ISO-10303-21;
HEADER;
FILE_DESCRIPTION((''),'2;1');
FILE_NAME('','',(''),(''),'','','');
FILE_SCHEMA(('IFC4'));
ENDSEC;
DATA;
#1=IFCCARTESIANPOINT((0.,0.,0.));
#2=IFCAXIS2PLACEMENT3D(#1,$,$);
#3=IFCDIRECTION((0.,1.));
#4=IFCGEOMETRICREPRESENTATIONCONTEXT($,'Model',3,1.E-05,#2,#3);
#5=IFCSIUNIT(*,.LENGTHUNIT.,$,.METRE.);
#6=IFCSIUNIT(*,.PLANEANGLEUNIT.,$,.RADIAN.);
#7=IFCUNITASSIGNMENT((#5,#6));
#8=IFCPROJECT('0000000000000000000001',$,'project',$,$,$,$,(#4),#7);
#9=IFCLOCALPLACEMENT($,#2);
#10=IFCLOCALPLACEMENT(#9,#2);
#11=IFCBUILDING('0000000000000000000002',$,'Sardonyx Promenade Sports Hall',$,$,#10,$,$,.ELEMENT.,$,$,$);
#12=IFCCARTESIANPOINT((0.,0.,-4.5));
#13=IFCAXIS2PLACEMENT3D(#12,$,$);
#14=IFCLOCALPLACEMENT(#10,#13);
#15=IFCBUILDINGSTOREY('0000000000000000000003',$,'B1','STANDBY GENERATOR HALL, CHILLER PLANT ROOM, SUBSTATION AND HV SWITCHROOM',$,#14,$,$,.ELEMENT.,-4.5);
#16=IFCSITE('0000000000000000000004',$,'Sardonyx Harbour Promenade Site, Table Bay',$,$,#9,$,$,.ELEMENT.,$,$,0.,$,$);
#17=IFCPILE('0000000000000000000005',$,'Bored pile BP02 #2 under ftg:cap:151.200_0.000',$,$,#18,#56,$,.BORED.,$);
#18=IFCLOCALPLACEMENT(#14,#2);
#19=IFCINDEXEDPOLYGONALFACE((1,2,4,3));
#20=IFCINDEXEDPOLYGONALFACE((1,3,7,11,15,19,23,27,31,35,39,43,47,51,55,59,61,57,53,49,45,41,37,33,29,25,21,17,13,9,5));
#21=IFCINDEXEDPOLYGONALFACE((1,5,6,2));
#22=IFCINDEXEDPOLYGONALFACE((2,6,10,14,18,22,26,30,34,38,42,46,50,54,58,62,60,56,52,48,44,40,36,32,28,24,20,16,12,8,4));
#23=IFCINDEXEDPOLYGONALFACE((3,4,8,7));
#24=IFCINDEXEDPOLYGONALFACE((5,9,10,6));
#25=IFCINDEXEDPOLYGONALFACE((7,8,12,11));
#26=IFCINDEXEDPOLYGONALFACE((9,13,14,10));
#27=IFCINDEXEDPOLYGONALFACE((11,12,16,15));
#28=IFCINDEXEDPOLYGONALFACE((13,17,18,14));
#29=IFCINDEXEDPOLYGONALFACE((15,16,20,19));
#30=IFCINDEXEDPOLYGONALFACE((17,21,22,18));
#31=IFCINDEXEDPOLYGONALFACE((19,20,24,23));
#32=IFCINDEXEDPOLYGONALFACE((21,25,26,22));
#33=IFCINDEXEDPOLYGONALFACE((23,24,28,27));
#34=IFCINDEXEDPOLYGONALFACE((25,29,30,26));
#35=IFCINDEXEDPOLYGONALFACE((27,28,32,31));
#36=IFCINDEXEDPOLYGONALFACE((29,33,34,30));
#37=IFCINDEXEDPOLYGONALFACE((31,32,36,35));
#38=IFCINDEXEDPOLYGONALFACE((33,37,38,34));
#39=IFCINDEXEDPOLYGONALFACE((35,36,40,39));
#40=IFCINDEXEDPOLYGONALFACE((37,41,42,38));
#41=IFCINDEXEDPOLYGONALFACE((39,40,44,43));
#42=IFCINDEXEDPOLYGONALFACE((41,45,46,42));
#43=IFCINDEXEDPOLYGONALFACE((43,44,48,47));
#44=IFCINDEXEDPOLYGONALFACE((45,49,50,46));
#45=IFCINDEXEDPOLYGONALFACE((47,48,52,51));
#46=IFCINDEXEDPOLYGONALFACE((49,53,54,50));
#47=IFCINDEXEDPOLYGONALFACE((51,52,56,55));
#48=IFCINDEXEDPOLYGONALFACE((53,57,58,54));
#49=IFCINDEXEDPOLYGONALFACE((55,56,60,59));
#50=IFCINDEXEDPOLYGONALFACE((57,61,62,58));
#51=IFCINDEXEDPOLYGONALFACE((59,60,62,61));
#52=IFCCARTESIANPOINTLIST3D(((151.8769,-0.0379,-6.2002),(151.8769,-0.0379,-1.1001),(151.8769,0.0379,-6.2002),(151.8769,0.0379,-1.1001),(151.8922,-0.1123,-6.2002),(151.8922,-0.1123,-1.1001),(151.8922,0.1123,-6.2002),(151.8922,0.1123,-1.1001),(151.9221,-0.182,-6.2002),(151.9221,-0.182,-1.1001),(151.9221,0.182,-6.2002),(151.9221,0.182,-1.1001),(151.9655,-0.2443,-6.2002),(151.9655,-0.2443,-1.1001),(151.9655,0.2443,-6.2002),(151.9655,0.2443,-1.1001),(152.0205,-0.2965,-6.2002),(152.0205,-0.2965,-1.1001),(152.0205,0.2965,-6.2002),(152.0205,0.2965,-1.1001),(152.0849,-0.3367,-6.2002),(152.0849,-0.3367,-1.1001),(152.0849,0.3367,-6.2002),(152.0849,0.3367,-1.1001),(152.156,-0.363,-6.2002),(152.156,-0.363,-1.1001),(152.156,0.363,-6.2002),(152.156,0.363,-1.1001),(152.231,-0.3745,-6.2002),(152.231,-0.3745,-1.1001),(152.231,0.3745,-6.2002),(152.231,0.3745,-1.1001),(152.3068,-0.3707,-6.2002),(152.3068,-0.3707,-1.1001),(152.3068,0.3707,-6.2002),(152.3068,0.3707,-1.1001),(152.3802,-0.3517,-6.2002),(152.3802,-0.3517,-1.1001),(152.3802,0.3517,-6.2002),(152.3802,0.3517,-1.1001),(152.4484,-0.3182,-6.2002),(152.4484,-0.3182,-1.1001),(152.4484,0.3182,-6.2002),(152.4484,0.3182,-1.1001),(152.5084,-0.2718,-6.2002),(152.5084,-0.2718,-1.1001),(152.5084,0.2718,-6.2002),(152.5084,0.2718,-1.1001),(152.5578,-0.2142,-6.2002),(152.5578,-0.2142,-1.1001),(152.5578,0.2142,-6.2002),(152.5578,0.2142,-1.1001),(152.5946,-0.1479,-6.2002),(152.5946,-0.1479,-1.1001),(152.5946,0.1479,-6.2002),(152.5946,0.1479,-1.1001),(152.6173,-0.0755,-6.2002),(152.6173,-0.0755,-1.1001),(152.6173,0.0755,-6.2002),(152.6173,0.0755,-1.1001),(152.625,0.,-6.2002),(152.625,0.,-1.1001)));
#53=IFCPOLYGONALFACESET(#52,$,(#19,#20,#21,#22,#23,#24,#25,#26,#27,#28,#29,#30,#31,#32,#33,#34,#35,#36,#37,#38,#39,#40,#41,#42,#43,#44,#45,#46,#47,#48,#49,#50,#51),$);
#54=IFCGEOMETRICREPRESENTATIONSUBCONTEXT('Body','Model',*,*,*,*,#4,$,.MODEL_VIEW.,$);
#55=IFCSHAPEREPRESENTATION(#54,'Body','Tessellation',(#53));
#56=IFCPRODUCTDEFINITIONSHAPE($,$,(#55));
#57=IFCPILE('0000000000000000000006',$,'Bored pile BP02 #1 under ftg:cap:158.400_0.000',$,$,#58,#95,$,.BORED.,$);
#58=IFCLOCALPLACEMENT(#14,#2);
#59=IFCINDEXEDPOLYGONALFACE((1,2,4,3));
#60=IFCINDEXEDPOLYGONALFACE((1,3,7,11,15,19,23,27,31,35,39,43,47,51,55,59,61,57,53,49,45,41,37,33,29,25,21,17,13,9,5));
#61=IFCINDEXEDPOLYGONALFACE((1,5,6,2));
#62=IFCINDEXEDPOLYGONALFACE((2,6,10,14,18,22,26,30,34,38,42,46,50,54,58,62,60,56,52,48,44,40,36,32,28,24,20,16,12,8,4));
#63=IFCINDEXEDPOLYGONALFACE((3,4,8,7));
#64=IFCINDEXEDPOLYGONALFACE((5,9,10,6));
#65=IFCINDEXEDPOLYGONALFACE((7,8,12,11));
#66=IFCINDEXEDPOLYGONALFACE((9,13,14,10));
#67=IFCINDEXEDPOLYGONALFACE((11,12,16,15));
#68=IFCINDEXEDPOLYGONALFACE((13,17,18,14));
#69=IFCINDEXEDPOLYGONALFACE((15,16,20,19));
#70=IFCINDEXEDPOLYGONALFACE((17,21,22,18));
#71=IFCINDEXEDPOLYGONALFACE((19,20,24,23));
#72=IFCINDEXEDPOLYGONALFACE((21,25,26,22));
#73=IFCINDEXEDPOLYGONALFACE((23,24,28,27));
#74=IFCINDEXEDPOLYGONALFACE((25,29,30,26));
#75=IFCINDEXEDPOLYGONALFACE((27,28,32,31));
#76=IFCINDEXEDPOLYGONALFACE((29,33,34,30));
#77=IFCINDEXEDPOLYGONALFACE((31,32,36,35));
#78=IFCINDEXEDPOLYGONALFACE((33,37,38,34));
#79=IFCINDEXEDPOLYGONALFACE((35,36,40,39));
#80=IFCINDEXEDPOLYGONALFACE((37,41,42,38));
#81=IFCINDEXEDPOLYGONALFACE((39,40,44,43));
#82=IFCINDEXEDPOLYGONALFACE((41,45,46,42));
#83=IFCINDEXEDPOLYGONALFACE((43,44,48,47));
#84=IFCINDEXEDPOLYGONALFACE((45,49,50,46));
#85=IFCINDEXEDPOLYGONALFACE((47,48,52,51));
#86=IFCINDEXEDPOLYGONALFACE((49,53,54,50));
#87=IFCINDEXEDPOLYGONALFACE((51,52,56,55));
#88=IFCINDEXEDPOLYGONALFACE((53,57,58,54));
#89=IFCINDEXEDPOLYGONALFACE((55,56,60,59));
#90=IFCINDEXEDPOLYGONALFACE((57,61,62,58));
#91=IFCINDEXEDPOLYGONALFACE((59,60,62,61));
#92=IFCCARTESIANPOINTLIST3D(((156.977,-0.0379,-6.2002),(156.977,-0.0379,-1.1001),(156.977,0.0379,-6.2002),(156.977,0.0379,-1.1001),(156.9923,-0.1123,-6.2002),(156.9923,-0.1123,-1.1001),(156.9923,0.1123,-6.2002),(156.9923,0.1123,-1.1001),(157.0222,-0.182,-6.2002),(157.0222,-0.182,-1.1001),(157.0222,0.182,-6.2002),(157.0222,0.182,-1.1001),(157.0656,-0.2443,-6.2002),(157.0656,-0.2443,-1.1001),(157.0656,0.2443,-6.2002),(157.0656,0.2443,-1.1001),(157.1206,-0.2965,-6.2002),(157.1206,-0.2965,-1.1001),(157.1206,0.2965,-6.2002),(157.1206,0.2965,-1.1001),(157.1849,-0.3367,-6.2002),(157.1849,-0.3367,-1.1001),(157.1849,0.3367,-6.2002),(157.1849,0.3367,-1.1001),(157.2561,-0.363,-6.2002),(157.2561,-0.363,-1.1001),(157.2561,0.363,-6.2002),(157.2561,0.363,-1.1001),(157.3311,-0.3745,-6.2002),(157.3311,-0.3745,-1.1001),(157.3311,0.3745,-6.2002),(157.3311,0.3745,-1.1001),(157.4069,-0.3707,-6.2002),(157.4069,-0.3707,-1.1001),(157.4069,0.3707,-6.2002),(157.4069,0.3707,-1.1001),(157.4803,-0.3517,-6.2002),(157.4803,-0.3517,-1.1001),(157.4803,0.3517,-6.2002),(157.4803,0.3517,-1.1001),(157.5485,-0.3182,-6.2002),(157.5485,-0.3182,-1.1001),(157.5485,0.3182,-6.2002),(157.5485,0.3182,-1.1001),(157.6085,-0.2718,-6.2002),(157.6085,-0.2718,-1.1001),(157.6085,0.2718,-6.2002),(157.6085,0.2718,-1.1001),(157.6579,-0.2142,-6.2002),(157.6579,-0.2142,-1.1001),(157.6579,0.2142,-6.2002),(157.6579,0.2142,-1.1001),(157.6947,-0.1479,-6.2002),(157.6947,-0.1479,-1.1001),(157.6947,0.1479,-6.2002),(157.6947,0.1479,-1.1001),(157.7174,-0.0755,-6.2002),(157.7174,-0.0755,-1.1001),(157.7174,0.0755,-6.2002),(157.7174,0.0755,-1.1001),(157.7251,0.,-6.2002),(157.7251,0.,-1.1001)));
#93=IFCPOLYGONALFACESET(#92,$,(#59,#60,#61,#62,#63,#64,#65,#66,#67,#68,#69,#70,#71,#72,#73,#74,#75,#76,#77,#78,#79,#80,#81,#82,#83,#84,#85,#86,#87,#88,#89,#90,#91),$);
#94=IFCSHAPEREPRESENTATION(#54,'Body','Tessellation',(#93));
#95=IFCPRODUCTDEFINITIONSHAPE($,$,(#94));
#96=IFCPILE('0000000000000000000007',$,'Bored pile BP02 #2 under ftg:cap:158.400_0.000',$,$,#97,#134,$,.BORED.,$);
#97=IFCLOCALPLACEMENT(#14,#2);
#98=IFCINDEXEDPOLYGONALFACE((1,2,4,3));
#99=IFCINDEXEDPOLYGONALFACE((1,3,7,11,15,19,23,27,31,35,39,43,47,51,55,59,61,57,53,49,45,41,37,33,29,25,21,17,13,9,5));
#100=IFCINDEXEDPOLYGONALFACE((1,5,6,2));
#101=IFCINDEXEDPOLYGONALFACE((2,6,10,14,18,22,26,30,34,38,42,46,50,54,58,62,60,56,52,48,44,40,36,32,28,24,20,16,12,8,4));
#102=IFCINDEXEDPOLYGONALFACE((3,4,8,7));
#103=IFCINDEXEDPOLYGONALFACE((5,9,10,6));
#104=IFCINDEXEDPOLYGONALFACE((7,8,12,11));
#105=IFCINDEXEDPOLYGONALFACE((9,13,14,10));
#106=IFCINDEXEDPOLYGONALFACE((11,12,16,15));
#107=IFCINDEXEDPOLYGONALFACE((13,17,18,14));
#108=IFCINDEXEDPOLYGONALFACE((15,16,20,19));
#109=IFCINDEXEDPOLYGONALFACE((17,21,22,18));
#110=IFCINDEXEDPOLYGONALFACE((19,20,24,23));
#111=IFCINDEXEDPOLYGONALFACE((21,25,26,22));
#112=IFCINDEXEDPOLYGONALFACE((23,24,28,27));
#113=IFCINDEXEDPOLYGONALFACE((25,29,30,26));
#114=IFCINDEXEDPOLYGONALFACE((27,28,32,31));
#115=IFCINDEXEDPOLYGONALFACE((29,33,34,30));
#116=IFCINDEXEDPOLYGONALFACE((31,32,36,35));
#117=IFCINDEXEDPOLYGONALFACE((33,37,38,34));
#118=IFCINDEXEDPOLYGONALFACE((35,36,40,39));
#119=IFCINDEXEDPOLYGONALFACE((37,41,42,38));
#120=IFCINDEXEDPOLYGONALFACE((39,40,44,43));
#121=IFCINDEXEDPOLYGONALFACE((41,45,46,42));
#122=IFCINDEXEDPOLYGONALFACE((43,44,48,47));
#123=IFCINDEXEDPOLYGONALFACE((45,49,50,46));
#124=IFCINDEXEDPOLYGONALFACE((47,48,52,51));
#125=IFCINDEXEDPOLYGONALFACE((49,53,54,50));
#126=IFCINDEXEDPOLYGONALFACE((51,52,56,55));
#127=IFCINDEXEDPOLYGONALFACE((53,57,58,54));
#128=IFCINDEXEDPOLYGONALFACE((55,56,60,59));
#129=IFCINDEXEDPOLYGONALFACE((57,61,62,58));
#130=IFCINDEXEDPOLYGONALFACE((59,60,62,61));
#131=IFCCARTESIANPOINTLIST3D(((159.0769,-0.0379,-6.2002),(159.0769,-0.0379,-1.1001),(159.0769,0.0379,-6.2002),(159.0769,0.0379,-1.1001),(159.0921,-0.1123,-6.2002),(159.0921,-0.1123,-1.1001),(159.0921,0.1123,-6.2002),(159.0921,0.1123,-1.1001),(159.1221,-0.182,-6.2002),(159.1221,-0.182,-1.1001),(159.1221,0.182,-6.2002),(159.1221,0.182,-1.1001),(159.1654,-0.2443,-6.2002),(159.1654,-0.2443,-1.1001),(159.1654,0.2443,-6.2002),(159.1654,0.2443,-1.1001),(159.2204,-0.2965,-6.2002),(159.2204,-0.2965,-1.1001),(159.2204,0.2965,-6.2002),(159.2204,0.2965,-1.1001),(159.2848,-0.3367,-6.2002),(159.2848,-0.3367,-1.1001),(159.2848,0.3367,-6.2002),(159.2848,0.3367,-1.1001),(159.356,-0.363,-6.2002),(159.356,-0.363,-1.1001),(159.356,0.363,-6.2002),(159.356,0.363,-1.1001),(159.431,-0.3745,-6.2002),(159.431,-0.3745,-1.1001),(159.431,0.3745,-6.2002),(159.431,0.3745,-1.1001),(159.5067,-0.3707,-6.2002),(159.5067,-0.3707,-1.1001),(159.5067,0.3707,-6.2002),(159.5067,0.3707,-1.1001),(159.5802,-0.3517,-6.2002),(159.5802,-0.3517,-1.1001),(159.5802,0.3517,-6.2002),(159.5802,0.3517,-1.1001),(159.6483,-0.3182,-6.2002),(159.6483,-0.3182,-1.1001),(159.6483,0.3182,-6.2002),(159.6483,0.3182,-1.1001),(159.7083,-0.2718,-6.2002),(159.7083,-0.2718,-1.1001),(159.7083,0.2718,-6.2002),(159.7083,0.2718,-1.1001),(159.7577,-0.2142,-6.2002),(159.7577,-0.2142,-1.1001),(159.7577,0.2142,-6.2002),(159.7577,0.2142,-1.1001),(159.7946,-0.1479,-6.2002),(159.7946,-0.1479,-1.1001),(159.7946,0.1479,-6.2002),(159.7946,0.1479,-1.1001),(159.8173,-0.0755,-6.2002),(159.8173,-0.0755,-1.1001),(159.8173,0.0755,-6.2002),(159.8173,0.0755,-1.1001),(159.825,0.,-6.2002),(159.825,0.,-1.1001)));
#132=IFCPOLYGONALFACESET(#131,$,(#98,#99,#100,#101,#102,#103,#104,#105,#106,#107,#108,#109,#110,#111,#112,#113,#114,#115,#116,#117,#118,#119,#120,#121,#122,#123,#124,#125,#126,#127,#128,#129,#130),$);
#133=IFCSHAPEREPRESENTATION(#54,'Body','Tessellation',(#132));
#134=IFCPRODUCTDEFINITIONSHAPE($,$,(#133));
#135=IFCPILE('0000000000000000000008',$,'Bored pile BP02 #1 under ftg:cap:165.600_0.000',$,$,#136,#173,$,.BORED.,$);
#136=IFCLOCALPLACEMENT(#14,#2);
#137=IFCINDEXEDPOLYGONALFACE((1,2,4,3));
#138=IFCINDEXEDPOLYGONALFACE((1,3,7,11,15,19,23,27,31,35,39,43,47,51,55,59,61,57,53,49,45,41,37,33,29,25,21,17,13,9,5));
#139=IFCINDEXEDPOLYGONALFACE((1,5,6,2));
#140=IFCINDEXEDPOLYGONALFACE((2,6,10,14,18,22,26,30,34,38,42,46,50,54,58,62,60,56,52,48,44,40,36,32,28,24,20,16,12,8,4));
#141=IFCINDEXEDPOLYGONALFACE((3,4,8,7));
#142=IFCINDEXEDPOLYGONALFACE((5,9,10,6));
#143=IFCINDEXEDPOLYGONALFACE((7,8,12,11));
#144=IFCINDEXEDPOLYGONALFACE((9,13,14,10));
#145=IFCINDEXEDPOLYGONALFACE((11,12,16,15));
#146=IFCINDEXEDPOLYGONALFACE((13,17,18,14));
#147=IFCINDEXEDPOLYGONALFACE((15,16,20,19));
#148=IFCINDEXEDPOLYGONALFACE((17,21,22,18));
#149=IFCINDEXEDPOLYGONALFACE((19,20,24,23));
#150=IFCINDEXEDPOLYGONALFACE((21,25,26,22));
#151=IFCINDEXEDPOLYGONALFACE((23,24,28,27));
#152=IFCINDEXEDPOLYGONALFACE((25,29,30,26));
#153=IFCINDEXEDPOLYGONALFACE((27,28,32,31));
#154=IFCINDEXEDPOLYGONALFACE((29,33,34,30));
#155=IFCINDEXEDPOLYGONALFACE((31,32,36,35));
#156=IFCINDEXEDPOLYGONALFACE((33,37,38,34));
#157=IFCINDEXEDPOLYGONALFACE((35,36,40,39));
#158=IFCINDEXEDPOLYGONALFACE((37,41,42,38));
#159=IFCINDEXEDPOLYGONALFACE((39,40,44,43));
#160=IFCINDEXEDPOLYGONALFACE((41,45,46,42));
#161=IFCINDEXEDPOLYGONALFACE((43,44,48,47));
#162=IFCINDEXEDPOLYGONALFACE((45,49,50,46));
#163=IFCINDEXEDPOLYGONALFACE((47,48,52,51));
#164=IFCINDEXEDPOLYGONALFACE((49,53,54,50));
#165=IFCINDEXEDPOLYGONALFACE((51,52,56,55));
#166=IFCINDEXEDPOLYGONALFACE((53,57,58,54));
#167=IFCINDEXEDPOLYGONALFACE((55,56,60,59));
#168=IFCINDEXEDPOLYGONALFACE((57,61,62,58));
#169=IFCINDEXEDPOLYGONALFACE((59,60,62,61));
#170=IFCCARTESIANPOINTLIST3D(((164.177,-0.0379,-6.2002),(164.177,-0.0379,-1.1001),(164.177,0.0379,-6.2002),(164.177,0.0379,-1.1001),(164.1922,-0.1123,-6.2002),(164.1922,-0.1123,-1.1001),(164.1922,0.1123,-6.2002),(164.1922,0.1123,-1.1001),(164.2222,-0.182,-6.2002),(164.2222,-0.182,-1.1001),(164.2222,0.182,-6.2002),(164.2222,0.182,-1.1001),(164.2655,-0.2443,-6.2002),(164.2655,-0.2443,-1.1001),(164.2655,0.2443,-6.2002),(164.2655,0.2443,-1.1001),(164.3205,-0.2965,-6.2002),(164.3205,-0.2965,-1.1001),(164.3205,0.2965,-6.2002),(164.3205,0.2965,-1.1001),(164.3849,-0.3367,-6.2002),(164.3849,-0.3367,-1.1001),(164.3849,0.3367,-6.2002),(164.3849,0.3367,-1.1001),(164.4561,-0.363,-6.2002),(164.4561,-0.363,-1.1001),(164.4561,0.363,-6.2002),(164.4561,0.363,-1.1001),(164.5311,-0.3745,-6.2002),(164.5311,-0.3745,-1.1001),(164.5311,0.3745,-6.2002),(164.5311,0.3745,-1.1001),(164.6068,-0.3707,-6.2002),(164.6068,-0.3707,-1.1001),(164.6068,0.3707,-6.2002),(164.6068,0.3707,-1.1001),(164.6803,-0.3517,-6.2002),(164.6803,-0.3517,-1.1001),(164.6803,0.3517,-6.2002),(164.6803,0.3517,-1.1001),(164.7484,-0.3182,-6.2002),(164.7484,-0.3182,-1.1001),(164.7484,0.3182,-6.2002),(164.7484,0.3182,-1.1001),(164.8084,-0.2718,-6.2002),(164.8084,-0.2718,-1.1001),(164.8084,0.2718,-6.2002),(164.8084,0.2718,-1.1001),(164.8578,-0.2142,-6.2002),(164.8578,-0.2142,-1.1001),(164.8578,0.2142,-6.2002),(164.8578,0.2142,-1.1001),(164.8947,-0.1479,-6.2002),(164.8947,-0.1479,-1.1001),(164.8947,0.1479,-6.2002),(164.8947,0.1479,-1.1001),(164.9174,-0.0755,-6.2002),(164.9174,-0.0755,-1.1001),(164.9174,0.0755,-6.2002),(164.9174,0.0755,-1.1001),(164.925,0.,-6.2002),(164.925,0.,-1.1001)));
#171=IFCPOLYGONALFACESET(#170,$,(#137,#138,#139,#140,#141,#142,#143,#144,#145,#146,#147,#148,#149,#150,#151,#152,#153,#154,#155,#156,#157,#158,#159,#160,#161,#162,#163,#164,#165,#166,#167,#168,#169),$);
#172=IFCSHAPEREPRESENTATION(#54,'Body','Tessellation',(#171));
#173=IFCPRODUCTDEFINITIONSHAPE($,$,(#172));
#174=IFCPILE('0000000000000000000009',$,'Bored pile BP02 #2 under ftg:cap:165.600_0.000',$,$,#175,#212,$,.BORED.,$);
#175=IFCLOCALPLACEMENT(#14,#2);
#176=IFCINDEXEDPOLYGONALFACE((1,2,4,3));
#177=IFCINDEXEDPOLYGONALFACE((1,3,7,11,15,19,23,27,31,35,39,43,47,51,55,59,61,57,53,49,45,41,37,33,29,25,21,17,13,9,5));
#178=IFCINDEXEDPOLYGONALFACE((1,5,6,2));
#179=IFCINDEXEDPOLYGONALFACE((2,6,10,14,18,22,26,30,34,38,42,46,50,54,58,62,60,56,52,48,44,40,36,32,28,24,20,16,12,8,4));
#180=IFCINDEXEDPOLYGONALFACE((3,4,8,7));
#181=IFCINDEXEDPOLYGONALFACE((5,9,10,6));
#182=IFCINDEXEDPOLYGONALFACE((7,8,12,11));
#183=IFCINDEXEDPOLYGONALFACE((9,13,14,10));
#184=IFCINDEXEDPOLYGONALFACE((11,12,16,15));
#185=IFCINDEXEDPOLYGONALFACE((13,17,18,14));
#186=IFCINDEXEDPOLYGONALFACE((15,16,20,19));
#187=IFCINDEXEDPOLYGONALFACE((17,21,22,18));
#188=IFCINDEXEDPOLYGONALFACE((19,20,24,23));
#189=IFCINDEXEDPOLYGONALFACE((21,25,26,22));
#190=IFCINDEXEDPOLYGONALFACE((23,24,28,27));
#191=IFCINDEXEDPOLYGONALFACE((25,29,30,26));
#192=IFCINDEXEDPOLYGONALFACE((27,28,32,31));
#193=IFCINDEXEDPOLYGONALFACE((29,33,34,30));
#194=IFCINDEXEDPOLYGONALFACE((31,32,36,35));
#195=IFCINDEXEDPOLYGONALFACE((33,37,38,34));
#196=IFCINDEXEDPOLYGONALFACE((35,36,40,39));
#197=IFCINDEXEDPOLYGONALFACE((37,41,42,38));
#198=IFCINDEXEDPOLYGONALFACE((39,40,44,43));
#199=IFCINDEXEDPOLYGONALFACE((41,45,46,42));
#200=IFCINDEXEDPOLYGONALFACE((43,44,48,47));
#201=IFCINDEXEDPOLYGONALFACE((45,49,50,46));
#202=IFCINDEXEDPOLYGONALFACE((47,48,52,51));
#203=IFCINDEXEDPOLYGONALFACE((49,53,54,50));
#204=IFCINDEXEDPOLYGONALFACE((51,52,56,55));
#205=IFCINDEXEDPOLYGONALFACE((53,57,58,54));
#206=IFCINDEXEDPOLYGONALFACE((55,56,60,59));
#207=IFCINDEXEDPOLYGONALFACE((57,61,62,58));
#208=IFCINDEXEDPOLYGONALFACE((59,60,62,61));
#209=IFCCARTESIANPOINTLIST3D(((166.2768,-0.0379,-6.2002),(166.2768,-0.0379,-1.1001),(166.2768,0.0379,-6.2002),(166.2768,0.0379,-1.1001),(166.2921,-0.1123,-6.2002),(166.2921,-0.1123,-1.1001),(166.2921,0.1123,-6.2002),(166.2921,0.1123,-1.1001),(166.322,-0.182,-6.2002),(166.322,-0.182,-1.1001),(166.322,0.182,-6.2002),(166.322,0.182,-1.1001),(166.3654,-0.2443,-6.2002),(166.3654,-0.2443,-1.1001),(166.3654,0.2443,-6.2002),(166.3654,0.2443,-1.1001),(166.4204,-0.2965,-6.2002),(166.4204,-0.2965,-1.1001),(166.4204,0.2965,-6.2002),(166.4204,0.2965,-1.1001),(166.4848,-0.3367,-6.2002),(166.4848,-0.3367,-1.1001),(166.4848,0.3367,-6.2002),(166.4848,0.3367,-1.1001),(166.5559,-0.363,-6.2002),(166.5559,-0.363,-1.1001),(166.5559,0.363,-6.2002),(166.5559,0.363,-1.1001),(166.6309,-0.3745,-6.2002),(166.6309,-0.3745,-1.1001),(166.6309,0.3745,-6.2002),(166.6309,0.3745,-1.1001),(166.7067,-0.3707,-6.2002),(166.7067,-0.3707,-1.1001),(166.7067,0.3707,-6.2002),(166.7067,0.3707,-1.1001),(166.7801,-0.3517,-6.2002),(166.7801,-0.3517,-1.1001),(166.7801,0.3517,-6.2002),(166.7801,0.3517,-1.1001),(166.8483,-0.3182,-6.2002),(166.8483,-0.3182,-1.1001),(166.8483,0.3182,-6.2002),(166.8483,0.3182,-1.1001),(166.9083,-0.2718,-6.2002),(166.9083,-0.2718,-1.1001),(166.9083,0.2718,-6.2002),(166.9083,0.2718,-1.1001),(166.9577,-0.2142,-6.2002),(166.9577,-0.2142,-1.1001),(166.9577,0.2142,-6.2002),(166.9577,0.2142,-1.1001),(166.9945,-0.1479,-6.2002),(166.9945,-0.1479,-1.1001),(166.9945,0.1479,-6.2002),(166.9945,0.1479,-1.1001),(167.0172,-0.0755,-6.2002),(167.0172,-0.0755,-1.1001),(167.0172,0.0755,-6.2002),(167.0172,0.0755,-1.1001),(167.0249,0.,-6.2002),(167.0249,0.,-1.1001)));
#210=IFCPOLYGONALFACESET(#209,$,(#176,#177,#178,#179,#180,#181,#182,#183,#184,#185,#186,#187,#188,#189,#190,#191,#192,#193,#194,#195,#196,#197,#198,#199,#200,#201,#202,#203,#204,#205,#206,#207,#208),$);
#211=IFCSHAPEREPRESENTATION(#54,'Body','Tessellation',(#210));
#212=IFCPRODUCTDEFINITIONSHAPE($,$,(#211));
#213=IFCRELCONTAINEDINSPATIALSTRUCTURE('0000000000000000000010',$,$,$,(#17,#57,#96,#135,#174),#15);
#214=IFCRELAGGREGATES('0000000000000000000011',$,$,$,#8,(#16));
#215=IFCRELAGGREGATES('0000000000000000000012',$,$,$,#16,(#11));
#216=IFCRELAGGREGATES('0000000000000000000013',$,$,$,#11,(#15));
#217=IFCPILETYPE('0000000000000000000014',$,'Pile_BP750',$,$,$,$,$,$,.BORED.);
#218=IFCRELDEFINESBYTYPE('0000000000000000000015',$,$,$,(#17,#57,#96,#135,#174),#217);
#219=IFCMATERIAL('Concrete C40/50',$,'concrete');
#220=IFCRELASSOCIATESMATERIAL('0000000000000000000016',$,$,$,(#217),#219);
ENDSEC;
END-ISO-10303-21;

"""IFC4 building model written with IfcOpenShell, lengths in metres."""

from ifc_helpers import new_model, si_unit, direction, frame, origin, origin_2d, place, context, subcontext, project, spatial, circle, extrude, material, material_profile, profile_set, type_object, element, save


model = new_model("IFC4")

# Units and contexts
model_context = context("Model", 3, precision=1e-05, world=origin(), true_north=direction((0.0, 1.0)))
body_context = subcontext(model_context, "Body", "Model", "MODEL_VIEW")
ifc_project = project(units=[si_unit("LENGTHUNIT", "METRE"), si_unit("PLANEANGLEUNIT", "RADIAN")], contexts=[model_context])

# Site, building, storey
site_placement = place(None, origin())
site = spatial("IfcSite", under=ifc_project, at=site_placement, Name="Sardonyx Harbour Promenade Site, Table Bay", CompositionType="ELEMENT", RefElevation=0.0)
building_placement = place(site_placement, origin())
building = spatial("IfcBuilding", under=site, at=building_placement, Name="Sardonyx Promenade Sports Hall", CompositionType="ELEMENT")
storey_placement = place(building_placement, frame((0.0, 0.0, -4.5)))
storey = spatial("IfcBuildingStorey", under=building, at=storey_placement, Name="B1", Description="STANDBY GENERATOR HALL, CHILLER PLANT ROOM, SUBSTATION AND HV SWITCHROOM", CompositionType="ELEMENT", Elevation=-4.5)

# Piles
ifc_material_1 = material(Name="Concrete C40/50", Category="concrete")
ifc_material_profile_1 = material_profile(ifc_material_1, circle(Radius=0.375, at=origin_2d()))
ifc_profile_set_1 = profile_set([ifc_material_profile_1], Name="Concrete C40/50")
pile_type = type_object("IfcPileType", Name="Pile_BP750", PredefinedType="BORED", material=ifc_profile_set_1)
for number, where, z_axis, x_axis, name in (
    (1, (152.25, 0.0, -1.1001), (0.0, 0.0, -1.0), (1.0, 0.0, 0.0), "Bored pile BP02 #2 under ftg:cap:151.200_0.000"),
    (2, (157.3501, 0.0, -1.1001), (0.0, 0.0, -1.0), (1.0, 0.0, 0.0), "Bored pile BP02 #1 under ftg:cap:158.400_0.000"),
    (3, (159.45, 0.0, -1.1001), (0.0, 0.0, -1.0), (1.0, 0.0, 0.0), "Bored pile BP02 #2 under ftg:cap:158.400_0.000"),
    (4, (164.55, 0.0, -1.1001), (0.0, 0.0, -1.0), (1.0, 0.0, 0.0), "Bored pile BP02 #1 under ftg:cap:165.600_0.000"),
    (5, (166.6499, 0.0, -1.1001), (0.0, 0.0, -1.0), (1.0, 0.0, 0.0), "Bored pile BP02 #2 under ftg:cap:165.600_0.000"),
):
    element("IfcPile", number, at=place(storey_placement, frame(where, z_axis=z_axis, x_axis=x_axis)), inside=storey, type_object=pile_type, Name=name, PredefinedType="BORED", context=body_context, shape_type="SweptSolid", body=[
        extrude(circle(Radius=0.375, at=origin_2d()), origin(), (0.0, 0.0, 1.0), 5.1001),
    ])

save(model, "model.ifc")
